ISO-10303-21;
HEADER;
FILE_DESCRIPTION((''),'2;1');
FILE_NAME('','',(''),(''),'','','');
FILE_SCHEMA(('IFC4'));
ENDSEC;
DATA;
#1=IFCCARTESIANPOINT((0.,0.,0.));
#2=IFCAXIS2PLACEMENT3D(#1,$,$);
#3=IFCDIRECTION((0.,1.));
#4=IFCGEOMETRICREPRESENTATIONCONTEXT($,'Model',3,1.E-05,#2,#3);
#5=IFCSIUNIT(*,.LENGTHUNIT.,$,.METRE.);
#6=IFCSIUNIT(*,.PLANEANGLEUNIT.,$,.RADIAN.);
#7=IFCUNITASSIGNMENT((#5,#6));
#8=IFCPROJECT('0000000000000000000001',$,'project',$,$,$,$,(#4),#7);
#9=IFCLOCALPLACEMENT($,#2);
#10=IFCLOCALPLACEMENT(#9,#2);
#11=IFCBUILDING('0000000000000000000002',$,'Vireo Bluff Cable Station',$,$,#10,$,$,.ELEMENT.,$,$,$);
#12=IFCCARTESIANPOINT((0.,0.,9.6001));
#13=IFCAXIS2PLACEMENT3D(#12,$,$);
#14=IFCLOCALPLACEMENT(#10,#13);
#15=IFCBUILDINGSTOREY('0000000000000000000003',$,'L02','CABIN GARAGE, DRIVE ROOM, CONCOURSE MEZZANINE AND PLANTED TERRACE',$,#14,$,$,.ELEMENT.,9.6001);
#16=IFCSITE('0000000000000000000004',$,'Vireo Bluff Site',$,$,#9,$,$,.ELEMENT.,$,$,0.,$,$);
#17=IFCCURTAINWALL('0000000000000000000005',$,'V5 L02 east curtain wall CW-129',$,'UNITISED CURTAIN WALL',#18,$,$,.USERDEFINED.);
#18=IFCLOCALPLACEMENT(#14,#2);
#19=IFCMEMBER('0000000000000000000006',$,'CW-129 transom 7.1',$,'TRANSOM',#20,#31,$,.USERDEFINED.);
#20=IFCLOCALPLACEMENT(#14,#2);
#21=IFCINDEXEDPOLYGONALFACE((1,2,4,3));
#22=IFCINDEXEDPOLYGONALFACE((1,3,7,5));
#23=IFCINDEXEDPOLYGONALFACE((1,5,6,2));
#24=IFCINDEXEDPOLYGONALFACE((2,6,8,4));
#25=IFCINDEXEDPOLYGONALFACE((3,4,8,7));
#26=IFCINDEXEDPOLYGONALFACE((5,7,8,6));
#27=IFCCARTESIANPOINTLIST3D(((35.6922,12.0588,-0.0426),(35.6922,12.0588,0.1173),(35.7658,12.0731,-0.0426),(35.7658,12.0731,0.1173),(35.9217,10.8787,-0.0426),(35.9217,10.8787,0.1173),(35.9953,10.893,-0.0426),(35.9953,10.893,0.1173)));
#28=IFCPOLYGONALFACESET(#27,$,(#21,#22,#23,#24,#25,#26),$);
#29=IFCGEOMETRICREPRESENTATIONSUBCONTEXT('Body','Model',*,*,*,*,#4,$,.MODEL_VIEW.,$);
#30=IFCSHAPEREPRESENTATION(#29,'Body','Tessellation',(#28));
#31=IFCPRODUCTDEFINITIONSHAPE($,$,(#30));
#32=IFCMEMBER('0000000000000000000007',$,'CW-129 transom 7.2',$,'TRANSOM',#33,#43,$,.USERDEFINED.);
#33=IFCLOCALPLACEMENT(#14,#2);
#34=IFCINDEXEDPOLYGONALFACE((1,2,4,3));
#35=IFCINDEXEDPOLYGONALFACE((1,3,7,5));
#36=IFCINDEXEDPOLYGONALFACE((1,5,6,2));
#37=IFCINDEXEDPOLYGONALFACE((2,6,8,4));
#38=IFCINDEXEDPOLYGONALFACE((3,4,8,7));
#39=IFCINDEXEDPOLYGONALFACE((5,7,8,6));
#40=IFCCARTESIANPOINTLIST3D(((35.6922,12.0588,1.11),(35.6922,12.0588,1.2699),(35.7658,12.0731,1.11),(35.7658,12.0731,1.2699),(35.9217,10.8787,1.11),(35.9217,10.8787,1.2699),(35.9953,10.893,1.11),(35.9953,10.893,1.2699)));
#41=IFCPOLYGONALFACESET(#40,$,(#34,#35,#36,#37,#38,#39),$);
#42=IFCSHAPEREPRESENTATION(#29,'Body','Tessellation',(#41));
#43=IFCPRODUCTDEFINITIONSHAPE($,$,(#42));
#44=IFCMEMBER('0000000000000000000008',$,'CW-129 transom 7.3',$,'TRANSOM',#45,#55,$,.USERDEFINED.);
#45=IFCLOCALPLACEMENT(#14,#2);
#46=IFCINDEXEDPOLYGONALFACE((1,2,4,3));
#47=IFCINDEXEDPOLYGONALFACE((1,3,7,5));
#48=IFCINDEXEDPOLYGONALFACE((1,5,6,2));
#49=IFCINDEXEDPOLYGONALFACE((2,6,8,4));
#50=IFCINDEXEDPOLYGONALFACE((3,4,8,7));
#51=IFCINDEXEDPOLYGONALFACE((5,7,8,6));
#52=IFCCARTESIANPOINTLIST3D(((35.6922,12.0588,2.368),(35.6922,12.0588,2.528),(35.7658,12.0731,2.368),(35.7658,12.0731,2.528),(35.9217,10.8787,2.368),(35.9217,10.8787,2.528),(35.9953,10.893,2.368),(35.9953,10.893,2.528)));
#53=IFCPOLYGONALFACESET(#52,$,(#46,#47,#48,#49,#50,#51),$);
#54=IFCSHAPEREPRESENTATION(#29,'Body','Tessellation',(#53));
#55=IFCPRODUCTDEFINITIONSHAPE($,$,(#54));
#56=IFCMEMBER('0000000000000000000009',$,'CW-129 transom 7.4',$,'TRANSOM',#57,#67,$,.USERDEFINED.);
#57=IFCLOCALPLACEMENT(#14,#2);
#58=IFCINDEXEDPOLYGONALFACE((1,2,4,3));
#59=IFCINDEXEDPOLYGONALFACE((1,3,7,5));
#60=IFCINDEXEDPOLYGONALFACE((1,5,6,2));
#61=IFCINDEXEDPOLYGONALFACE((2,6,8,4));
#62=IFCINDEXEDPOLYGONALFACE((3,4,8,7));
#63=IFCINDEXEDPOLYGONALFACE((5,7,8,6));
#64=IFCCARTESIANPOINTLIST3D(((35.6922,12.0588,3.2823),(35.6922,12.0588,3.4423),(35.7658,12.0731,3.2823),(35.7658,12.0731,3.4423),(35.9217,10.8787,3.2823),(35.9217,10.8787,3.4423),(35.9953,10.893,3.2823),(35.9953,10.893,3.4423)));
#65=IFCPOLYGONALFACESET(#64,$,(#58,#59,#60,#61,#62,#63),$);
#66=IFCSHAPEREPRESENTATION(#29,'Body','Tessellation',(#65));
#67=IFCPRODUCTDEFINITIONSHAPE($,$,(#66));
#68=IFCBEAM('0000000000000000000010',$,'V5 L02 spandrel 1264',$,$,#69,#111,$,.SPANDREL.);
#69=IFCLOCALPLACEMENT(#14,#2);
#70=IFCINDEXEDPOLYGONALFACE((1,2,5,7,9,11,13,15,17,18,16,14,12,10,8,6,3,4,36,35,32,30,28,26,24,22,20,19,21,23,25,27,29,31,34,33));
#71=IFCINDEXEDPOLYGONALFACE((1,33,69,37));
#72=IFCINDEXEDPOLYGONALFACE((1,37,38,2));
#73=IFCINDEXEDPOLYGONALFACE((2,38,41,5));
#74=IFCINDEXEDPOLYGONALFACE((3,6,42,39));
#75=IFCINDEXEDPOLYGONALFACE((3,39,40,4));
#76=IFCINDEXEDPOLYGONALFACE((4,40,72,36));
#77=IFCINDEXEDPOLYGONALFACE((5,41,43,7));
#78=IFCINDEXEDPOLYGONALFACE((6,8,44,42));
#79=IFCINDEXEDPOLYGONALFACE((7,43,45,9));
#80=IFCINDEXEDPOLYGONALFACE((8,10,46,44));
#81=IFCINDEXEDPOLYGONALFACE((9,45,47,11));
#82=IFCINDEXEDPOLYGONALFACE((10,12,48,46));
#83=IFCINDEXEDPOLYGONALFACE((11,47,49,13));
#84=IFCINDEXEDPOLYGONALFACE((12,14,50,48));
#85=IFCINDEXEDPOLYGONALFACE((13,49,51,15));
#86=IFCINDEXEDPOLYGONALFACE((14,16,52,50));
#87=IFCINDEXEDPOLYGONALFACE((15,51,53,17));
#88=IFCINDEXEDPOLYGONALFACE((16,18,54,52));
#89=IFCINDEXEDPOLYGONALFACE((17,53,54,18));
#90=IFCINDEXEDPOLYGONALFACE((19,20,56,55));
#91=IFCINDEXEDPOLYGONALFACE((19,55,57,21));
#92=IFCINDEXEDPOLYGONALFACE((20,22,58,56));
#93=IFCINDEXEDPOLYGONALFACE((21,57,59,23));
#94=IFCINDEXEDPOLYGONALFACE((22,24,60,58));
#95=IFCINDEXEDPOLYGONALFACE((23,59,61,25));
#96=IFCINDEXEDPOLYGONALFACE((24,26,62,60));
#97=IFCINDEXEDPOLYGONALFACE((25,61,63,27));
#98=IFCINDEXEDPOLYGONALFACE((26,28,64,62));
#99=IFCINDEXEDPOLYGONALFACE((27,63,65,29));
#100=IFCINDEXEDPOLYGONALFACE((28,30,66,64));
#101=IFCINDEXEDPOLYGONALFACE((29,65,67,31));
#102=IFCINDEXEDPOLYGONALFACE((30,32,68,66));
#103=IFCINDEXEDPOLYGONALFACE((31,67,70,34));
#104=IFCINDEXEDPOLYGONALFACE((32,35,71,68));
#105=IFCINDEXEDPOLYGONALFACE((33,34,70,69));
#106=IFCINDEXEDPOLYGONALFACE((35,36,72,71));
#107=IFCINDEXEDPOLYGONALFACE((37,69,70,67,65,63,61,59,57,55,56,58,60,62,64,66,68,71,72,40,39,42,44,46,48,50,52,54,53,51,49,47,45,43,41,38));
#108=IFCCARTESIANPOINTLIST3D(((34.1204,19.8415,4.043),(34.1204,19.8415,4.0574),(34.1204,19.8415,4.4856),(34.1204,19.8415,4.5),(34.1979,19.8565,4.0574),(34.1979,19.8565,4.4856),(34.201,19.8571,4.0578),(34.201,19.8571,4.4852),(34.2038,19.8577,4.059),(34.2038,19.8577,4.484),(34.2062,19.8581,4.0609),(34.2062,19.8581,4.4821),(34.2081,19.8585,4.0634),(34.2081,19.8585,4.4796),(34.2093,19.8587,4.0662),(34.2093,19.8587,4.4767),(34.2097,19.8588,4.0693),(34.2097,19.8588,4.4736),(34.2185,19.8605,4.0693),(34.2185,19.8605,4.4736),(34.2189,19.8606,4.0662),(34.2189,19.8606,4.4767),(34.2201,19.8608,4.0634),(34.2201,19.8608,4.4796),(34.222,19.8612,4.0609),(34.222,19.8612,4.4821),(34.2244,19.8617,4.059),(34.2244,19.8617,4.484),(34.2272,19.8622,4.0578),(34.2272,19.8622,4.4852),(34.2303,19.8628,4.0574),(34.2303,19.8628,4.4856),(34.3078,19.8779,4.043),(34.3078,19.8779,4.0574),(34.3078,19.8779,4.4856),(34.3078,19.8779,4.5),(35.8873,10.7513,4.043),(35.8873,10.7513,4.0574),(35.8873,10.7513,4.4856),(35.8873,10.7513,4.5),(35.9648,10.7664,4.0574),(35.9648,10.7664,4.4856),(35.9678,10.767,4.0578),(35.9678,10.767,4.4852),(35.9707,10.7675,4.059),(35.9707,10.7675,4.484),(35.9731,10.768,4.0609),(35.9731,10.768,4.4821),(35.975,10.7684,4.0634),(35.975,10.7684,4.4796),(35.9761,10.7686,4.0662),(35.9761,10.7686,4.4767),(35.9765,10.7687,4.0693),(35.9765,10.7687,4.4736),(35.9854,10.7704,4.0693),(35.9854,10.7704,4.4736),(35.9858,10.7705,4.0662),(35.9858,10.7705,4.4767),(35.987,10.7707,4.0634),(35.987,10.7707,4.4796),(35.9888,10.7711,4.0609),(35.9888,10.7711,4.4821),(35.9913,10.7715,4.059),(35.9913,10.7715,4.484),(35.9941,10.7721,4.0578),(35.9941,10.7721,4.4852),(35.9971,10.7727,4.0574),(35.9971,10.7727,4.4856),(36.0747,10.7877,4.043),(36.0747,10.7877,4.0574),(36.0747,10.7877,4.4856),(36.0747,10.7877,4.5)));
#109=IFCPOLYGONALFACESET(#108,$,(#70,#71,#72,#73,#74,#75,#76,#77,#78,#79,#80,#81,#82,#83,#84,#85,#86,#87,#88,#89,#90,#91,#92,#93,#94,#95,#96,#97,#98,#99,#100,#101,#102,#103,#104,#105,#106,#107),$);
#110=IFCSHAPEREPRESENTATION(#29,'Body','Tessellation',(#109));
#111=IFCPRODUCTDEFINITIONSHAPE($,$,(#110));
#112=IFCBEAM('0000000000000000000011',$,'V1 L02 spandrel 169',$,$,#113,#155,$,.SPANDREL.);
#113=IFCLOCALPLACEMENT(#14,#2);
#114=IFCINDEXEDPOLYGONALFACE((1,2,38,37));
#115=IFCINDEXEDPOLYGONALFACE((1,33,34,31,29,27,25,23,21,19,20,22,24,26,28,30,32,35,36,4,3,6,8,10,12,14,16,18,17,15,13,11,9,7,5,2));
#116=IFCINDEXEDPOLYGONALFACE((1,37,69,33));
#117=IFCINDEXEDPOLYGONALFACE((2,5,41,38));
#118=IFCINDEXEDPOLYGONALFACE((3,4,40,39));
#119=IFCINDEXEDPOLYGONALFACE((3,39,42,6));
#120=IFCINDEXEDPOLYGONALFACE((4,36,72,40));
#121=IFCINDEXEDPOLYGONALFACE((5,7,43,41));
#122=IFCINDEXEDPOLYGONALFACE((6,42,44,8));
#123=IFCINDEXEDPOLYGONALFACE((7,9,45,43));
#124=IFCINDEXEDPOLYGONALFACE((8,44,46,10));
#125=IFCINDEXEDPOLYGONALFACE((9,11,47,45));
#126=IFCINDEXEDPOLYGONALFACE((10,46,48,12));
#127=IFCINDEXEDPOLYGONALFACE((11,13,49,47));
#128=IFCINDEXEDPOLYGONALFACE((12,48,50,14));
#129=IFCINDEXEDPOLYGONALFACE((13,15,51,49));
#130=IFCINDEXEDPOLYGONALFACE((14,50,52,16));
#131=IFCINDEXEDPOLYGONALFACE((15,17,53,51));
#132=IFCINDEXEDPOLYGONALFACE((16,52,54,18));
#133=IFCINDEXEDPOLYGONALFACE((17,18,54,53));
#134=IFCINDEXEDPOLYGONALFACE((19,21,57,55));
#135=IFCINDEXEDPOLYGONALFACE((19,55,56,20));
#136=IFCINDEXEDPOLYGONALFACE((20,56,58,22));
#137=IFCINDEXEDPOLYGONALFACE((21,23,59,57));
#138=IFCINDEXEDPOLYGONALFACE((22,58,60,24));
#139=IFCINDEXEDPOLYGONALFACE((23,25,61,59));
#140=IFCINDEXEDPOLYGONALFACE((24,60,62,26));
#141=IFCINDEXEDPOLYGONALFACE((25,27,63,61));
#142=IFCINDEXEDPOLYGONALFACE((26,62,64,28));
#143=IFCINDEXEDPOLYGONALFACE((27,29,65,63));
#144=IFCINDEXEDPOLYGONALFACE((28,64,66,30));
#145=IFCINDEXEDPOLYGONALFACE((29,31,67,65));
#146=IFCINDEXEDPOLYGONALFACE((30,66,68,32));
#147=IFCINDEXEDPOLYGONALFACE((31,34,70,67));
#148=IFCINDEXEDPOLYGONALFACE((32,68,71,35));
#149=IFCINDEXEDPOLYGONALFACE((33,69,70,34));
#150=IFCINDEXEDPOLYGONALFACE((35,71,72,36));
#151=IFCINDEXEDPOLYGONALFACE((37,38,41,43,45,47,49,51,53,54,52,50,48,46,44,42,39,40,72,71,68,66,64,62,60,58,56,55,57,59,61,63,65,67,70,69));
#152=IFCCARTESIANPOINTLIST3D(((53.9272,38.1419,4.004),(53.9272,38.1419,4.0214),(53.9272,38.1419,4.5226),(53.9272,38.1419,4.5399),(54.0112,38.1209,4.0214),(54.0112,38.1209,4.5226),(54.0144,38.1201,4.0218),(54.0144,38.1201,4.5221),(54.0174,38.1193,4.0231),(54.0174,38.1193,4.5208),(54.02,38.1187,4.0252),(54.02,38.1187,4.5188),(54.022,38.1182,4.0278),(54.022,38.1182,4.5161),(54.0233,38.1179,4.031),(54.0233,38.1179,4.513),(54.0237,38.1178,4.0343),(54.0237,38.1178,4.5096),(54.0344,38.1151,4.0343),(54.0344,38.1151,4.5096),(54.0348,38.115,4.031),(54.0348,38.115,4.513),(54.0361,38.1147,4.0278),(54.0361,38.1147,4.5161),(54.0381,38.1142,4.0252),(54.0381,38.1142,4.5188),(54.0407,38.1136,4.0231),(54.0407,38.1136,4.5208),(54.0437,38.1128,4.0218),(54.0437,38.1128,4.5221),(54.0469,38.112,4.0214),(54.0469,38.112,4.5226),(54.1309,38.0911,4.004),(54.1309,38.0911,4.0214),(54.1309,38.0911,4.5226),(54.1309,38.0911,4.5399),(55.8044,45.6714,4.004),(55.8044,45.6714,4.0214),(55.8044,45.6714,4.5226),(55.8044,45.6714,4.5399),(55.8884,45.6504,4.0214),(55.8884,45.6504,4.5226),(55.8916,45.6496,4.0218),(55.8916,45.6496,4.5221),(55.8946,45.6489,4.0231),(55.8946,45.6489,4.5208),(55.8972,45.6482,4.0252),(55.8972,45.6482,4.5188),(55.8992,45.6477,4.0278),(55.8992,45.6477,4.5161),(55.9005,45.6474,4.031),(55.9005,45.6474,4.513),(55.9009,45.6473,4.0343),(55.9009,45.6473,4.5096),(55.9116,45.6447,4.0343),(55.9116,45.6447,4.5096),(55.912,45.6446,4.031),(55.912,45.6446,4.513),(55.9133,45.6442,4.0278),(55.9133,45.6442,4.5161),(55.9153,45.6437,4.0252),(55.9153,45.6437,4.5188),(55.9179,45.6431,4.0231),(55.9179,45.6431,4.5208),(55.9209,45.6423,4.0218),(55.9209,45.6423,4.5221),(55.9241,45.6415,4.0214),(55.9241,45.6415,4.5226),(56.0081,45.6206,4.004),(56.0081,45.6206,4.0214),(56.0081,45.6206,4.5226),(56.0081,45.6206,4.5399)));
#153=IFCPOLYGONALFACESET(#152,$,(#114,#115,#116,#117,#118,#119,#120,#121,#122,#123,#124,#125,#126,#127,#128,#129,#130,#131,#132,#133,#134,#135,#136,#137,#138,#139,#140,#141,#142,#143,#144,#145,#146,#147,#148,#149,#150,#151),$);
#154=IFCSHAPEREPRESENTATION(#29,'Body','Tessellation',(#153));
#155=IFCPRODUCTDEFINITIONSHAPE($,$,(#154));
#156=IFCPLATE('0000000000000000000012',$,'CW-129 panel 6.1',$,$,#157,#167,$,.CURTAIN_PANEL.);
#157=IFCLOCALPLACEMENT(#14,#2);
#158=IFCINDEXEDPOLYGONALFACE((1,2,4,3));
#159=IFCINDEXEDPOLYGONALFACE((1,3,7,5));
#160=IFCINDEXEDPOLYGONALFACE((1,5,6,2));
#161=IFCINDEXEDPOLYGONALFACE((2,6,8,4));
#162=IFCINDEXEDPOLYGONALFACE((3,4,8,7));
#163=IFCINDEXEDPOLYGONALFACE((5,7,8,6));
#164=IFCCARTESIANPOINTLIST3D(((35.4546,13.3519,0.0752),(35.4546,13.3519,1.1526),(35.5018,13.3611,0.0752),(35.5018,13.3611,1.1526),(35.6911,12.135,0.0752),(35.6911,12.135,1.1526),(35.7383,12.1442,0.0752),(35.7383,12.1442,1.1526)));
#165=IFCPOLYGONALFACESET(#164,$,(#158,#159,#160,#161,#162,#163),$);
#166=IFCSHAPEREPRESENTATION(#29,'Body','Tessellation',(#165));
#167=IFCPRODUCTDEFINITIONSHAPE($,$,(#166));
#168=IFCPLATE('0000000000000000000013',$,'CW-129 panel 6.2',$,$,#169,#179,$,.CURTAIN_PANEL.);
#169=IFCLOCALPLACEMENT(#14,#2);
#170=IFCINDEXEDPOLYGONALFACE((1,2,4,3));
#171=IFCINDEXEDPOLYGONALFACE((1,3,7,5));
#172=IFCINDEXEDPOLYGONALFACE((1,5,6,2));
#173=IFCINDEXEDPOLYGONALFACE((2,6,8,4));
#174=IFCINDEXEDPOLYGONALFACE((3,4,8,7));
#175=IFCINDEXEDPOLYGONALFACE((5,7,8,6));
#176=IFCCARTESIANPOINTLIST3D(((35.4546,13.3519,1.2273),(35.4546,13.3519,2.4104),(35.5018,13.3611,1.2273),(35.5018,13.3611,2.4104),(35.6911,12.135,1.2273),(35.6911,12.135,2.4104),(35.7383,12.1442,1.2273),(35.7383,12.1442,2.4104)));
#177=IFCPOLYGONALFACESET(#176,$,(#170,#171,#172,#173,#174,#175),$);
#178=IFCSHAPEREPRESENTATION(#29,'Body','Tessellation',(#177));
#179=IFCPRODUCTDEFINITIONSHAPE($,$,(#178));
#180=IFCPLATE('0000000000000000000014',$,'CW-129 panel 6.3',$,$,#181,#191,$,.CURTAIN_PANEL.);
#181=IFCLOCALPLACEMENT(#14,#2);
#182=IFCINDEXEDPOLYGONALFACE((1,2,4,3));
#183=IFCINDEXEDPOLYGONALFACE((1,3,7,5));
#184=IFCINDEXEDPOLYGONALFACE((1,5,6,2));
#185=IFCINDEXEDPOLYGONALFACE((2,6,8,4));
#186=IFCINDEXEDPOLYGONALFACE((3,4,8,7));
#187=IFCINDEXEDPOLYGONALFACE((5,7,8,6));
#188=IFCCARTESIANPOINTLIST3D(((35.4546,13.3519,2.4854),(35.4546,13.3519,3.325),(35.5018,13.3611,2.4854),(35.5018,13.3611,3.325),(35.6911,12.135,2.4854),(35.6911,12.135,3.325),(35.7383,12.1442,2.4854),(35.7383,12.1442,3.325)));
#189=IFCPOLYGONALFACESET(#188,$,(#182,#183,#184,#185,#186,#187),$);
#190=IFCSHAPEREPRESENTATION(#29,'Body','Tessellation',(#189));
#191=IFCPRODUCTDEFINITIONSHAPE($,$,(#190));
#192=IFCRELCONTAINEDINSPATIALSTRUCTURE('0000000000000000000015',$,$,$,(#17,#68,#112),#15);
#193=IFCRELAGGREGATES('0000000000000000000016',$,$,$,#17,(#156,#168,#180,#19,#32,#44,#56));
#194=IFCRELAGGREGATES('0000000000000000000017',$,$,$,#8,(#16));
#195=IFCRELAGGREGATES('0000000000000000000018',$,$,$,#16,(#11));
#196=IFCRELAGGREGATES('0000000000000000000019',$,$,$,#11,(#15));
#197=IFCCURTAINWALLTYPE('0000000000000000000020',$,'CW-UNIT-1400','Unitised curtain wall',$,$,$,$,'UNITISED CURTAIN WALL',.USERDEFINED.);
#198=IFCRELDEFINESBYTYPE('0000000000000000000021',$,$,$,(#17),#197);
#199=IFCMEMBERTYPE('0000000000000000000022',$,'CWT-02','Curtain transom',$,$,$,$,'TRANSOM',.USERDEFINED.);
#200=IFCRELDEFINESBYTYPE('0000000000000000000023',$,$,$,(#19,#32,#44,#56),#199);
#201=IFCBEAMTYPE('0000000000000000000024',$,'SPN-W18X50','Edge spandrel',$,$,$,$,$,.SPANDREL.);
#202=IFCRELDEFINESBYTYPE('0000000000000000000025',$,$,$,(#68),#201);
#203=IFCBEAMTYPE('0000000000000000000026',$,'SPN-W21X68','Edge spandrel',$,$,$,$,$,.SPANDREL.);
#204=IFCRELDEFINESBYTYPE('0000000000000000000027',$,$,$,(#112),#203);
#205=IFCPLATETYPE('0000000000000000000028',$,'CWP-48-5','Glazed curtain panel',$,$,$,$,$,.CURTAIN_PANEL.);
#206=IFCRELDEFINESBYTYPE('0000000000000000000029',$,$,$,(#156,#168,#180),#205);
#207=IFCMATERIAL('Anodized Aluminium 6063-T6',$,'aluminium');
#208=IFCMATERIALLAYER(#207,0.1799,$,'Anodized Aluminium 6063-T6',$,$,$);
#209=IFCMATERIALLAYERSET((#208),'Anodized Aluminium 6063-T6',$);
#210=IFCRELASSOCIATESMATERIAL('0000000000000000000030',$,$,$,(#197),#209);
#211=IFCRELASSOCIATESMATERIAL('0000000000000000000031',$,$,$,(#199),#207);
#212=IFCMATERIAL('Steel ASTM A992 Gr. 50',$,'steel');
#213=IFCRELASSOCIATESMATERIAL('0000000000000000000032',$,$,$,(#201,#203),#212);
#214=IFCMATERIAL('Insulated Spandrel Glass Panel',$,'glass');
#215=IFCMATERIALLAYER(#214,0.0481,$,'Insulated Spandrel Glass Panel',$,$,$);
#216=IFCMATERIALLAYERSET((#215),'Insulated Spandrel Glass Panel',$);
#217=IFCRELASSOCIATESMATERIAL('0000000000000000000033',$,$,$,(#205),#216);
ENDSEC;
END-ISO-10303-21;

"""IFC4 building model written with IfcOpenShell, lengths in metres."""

from ifc_helpers import new_model, si_unit, direction, frame, origin, origin_2d, place, context, subcontext, project, spatial, rectangle, i_section, extrude, material, layer, layer_set, material_profile, profile_set, type_object, element, aggregate, save


model = new_model("IFC4")

# Units and contexts
model_context = context("Model", 3, precision=1e-05, world=origin(), true_north=direction((0.0, 1.0)))
body_context = subcontext(model_context, "Body", "Model", "MODEL_VIEW")
ifc_project = project(units=[si_unit("LENGTHUNIT", "METRE"), si_unit("PLANEANGLEUNIT", "RADIAN")], contexts=[model_context])

# Site, building, storey
site_placement = place(None, origin())
site = spatial("IfcSite", under=ifc_project, at=site_placement, Name="Vireo Bluff Site", CompositionType="ELEMENT", RefElevation=0.0)
building_placement = place(site_placement, origin())
building = spatial("IfcBuilding", under=site, at=building_placement, Name="Vireo Bluff Cable Station", CompositionType="ELEMENT")
storey_placement = place(building_placement, frame((0.0, 0.0, 9.6001)))
storey = spatial("IfcBuildingStorey", under=building, at=storey_placement, Name="L02", Description="CABIN GARAGE, DRIVE ROOM, CONCOURSE MEZZANINE AND PLANTED TERRACE", CompositionType="ELEMENT", Elevation=9.6001)

# Shared definitions
ifc_material_1 = material(Name="Steel ASTM A992 Gr. 50", Category="steel")

# Curtain wall, members
ifc_material_2 = material(Name="Anodized Aluminium 6063-T6", Category="aluminium")
ifc_layer_1 = layer(ifc_material_2, 0.1799, Name="Anodized Aluminium 6063-T6")
ifc_layer_set_1 = layer_set([ifc_layer_1], Name="Anodized Aluminium 6063-T6")
curtain_wall_type = type_object("IfcCurtainWallType", Name="CW-UNIT-1400", Description="Unitised curtain wall", ElementType="UNITISED CURTAIN WALL", PredefinedType="USERDEFINED", material=ifc_layer_set_1)
curtain_wall_placement = place(storey_placement, origin())
curtain_wall = element("IfcCurtainWall", 1, at=curtain_wall_placement, inside=storey, type_object=curtain_wall_type, Name="V5 L02 east curtain wall CW-129", ObjectType="UNITISED CURTAIN WALL", PredefinedType="USERDEFINED")
ifc_material_profile_1 = material_profile(ifc_material_2, rectangle(XDim=0.075, YDim=0.1599, at=origin_2d()), Name="ALU-T-75X160")
ifc_profile_set_1 = profile_set([ifc_material_profile_1], Name="Anodized Aluminium 6063-T6")
member_type_1 = type_object("IfcMemberType", Name="CWT-02", Description="Curtain transom", ElementType="TRANSOM", PredefinedType="USERDEFINED", material=ifc_profile_set_1)
member_1_placement = place(storey_placement, frame((35.729, 12.0659, 0.0374), z_axis=(0.190919, -0.981606, 0.0), x_axis=(0.981606, 0.190919, 0.0)))
member_1 = element("IfcMember", 2, at=member_1_placement, type_object=member_type_1, Name="CW-129 transom 7.1", ObjectType="TRANSOM", PredefinedType="USERDEFINED", context=body_context, shape_type="SweptSolid", body=[
    extrude(rectangle(XDim=0.075, YDim=0.1599, at=origin_2d()), origin(), (0.0, 0.0, 1.0), 1.2021),
])
member_2_placement = place(storey_placement, frame((35.729, 12.0659, 1.1899), z_axis=(0.190919, -0.981606, 0.0), x_axis=(0.981606, 0.190919, 0.0)))
member_2 = element("IfcMember", 3, at=member_2_placement, type_object=member_type_1, Name="CW-129 transom 7.2", ObjectType="TRANSOM", PredefinedType="USERDEFINED", context=body_context, shape_type="SweptSolid", body=[
    extrude(rectangle(XDim=0.075, YDim=0.1599, at=origin_2d()), origin(), (0.0, 0.0, 1.0), 1.2021),
])
member_3_placement = place(storey_placement, frame((35.729, 12.0659, 2.448), z_axis=(0.190919, -0.981606, 0.0), x_axis=(0.981606, 0.190919, 0.0)))
member_3 = element("IfcMember", 4, at=member_3_placement, type_object=member_type_1, Name="CW-129 transom 7.3", ObjectType="TRANSOM", PredefinedType="USERDEFINED", context=body_context, shape_type="SweptSolid", body=[
    extrude(rectangle(XDim=0.075, YDim=0.1599, at=origin_2d()), origin(), (0.0, 0.0, 1.0), 1.2021),
])
member_4_placement = place(storey_placement, frame((35.729, 12.0659, 3.3623), z_axis=(0.190919, -0.981606, 0.0), x_axis=(0.981606, 0.190919, 0.0)))
member_4 = element("IfcMember", 5, at=member_4_placement, type_object=member_type_1, Name="CW-129 transom 7.4", ObjectType="TRANSOM", PredefinedType="USERDEFINED", context=body_context, shape_type="SweptSolid", body=[
    extrude(rectangle(XDim=0.075, YDim=0.1599, at=origin_2d()), origin(), (0.0, 0.0, 1.0), 1.2021),
])

# Beams
ifc_material_profile_2 = material_profile(ifc_material_1, i_section(OverallWidth=0.1909, OverallDepth=0.457, WebThickness=0.009, FlangeThickness=0.0144, FilletRadius=0.012, at=origin_2d()), Name="W18X50")
ifc_profile_set_2 = profile_set([ifc_material_profile_2], Name="Steel ASTM A992 Gr. 50")
beam_type_1 = type_object("IfcBeamType", Name="SPN-W18X50", Description="Edge spandrel", PredefinedType="SPANDREL", material=ifc_profile_set_2)
beam_1_placement = place(storey_placement, frame((35.981, 10.7695, 4.2715), z_axis=(-0.1908, 0.981629, 0.0), x_axis=(-0.981629, -0.1908, 0.0)))
element("IfcBeam", 6, at=beam_1_placement, inside=storey, type_object=beam_type_1, Name="V5 L02 spandrel 1264", PredefinedType="SPANDREL", context=body_context, shape_type="SweptSolid", body=[
    extrude(i_section(OverallWidth=0.1909, OverallDepth=0.457, WebThickness=0.009, FlangeThickness=0.0144, FilletRadius=0.012, at=origin_2d()), origin(), (0.0, 0.0, 1.0), 9.2603),
])
ifc_material_profile_3 = material_profile(ifc_material_1, i_section(OverallWidth=0.21, OverallDepth=0.5359, WebThickness=0.011, FlangeThickness=0.0173, FilletRadius=0.0129, at=origin_2d()), Name="W21X68")
ifc_profile_set_3 = profile_set([ifc_material_profile_3], Name="Steel ASTM A992 Gr. 50")
beam_type_2 = type_object("IfcBeamType", Name="SPN-W21X68", Description="Edge spandrel", PredefinedType="SPANDREL", material=ifc_profile_set_3)
beam_2_placement = place(storey_placement, frame((54.0291, 38.1165, 4.272), z_axis=(0.241906, 0.9703, 0.0), x_axis=(-0.9703, 0.241906, 0.0)))
element("IfcBeam", 7, at=beam_2_placement, inside=storey, type_object=beam_type_2, Name="V1 L02 spandrel 169", PredefinedType="SPANDREL", context=body_context, shape_type="SweptSolid", body=[
    extrude(i_section(OverallWidth=0.21, OverallDepth=0.5359, WebThickness=0.011, FlangeThickness=0.0173, FilletRadius=0.0129, at=origin_2d()), origin(), (0.0, 0.0, 1.0), 7.76),
])

# Plates
ifc_material_3 = material(Name="Insulated Spandrel Glass Panel", Category="glass")
ifc_layer_2 = layer(ifc_material_3, 0.0481, Name="Insulated Spandrel Glass Panel")
ifc_layer_set_2 = layer_set([ifc_layer_2], Name="Insulated Spandrel Glass Panel")
plate_type_1 = type_object("IfcPlateType", Name="CWP-48-5", Description="Glazed curtain panel", PredefinedType="CURTAIN_PANEL", material=ifc_layer_set_2)
plate_1_placement = place(storey_placement, frame((35.5964, 12.748, 0.0752), z_axis=(0.0, 0.0, 1.0), x_axis=(0.190809, -0.981627, 0.0)))
plate_1 = element("IfcPlate", 8, at=plate_1_placement, type_object=plate_type_1, Name="CW-129 panel 6.1", PredefinedType="CURTAIN_PANEL", context=body_context, shape_type="SweptSolid", body=[
    extrude(rectangle(XDim=1.2397, YDim=0.0481, at=origin_2d()), origin(), (0.0, 0.0, 1.0), 1.0774),
])
plate_2_placement = place(storey_placement, frame((35.5964, 12.748, 1.2273), z_axis=(0.0, 0.0, 1.0), x_axis=(0.190809, -0.981627, 0.0)))
plate_2 = element("IfcPlate", 9, at=plate_2_placement, type_object=plate_type_1, Name="CW-129 panel 6.2", PredefinedType="CURTAIN_PANEL", context=body_context, shape_type="SweptSolid", body=[
    extrude(rectangle(XDim=1.2397, YDim=0.0481, at=origin_2d()), origin(), (0.0, 0.0, 1.0), 1.1831),
])
plate_3_placement = place(storey_placement, frame((35.5964, 12.748, 2.4854), z_axis=(0.0, 0.0, 1.0), x_axis=(0.190809, -0.981627, 0.0)))
plate_3 = element("IfcPlate", 10, at=plate_3_placement, type_object=plate_type_1, Name="CW-129 panel 6.3", PredefinedType="CURTAIN_PANEL", context=body_context, shape_type="SweptSolid", body=[
    extrude(rectangle(XDim=1.2397, YDim=0.0481, at=origin_2d()), origin(), (0.0, 0.0, 1.0), 0.8396),
])
aggregate(curtain_wall, [plate_1, plate_2, plate_3, member_1, member_2, member_3, member_4])

save(model, "model.ifc")
